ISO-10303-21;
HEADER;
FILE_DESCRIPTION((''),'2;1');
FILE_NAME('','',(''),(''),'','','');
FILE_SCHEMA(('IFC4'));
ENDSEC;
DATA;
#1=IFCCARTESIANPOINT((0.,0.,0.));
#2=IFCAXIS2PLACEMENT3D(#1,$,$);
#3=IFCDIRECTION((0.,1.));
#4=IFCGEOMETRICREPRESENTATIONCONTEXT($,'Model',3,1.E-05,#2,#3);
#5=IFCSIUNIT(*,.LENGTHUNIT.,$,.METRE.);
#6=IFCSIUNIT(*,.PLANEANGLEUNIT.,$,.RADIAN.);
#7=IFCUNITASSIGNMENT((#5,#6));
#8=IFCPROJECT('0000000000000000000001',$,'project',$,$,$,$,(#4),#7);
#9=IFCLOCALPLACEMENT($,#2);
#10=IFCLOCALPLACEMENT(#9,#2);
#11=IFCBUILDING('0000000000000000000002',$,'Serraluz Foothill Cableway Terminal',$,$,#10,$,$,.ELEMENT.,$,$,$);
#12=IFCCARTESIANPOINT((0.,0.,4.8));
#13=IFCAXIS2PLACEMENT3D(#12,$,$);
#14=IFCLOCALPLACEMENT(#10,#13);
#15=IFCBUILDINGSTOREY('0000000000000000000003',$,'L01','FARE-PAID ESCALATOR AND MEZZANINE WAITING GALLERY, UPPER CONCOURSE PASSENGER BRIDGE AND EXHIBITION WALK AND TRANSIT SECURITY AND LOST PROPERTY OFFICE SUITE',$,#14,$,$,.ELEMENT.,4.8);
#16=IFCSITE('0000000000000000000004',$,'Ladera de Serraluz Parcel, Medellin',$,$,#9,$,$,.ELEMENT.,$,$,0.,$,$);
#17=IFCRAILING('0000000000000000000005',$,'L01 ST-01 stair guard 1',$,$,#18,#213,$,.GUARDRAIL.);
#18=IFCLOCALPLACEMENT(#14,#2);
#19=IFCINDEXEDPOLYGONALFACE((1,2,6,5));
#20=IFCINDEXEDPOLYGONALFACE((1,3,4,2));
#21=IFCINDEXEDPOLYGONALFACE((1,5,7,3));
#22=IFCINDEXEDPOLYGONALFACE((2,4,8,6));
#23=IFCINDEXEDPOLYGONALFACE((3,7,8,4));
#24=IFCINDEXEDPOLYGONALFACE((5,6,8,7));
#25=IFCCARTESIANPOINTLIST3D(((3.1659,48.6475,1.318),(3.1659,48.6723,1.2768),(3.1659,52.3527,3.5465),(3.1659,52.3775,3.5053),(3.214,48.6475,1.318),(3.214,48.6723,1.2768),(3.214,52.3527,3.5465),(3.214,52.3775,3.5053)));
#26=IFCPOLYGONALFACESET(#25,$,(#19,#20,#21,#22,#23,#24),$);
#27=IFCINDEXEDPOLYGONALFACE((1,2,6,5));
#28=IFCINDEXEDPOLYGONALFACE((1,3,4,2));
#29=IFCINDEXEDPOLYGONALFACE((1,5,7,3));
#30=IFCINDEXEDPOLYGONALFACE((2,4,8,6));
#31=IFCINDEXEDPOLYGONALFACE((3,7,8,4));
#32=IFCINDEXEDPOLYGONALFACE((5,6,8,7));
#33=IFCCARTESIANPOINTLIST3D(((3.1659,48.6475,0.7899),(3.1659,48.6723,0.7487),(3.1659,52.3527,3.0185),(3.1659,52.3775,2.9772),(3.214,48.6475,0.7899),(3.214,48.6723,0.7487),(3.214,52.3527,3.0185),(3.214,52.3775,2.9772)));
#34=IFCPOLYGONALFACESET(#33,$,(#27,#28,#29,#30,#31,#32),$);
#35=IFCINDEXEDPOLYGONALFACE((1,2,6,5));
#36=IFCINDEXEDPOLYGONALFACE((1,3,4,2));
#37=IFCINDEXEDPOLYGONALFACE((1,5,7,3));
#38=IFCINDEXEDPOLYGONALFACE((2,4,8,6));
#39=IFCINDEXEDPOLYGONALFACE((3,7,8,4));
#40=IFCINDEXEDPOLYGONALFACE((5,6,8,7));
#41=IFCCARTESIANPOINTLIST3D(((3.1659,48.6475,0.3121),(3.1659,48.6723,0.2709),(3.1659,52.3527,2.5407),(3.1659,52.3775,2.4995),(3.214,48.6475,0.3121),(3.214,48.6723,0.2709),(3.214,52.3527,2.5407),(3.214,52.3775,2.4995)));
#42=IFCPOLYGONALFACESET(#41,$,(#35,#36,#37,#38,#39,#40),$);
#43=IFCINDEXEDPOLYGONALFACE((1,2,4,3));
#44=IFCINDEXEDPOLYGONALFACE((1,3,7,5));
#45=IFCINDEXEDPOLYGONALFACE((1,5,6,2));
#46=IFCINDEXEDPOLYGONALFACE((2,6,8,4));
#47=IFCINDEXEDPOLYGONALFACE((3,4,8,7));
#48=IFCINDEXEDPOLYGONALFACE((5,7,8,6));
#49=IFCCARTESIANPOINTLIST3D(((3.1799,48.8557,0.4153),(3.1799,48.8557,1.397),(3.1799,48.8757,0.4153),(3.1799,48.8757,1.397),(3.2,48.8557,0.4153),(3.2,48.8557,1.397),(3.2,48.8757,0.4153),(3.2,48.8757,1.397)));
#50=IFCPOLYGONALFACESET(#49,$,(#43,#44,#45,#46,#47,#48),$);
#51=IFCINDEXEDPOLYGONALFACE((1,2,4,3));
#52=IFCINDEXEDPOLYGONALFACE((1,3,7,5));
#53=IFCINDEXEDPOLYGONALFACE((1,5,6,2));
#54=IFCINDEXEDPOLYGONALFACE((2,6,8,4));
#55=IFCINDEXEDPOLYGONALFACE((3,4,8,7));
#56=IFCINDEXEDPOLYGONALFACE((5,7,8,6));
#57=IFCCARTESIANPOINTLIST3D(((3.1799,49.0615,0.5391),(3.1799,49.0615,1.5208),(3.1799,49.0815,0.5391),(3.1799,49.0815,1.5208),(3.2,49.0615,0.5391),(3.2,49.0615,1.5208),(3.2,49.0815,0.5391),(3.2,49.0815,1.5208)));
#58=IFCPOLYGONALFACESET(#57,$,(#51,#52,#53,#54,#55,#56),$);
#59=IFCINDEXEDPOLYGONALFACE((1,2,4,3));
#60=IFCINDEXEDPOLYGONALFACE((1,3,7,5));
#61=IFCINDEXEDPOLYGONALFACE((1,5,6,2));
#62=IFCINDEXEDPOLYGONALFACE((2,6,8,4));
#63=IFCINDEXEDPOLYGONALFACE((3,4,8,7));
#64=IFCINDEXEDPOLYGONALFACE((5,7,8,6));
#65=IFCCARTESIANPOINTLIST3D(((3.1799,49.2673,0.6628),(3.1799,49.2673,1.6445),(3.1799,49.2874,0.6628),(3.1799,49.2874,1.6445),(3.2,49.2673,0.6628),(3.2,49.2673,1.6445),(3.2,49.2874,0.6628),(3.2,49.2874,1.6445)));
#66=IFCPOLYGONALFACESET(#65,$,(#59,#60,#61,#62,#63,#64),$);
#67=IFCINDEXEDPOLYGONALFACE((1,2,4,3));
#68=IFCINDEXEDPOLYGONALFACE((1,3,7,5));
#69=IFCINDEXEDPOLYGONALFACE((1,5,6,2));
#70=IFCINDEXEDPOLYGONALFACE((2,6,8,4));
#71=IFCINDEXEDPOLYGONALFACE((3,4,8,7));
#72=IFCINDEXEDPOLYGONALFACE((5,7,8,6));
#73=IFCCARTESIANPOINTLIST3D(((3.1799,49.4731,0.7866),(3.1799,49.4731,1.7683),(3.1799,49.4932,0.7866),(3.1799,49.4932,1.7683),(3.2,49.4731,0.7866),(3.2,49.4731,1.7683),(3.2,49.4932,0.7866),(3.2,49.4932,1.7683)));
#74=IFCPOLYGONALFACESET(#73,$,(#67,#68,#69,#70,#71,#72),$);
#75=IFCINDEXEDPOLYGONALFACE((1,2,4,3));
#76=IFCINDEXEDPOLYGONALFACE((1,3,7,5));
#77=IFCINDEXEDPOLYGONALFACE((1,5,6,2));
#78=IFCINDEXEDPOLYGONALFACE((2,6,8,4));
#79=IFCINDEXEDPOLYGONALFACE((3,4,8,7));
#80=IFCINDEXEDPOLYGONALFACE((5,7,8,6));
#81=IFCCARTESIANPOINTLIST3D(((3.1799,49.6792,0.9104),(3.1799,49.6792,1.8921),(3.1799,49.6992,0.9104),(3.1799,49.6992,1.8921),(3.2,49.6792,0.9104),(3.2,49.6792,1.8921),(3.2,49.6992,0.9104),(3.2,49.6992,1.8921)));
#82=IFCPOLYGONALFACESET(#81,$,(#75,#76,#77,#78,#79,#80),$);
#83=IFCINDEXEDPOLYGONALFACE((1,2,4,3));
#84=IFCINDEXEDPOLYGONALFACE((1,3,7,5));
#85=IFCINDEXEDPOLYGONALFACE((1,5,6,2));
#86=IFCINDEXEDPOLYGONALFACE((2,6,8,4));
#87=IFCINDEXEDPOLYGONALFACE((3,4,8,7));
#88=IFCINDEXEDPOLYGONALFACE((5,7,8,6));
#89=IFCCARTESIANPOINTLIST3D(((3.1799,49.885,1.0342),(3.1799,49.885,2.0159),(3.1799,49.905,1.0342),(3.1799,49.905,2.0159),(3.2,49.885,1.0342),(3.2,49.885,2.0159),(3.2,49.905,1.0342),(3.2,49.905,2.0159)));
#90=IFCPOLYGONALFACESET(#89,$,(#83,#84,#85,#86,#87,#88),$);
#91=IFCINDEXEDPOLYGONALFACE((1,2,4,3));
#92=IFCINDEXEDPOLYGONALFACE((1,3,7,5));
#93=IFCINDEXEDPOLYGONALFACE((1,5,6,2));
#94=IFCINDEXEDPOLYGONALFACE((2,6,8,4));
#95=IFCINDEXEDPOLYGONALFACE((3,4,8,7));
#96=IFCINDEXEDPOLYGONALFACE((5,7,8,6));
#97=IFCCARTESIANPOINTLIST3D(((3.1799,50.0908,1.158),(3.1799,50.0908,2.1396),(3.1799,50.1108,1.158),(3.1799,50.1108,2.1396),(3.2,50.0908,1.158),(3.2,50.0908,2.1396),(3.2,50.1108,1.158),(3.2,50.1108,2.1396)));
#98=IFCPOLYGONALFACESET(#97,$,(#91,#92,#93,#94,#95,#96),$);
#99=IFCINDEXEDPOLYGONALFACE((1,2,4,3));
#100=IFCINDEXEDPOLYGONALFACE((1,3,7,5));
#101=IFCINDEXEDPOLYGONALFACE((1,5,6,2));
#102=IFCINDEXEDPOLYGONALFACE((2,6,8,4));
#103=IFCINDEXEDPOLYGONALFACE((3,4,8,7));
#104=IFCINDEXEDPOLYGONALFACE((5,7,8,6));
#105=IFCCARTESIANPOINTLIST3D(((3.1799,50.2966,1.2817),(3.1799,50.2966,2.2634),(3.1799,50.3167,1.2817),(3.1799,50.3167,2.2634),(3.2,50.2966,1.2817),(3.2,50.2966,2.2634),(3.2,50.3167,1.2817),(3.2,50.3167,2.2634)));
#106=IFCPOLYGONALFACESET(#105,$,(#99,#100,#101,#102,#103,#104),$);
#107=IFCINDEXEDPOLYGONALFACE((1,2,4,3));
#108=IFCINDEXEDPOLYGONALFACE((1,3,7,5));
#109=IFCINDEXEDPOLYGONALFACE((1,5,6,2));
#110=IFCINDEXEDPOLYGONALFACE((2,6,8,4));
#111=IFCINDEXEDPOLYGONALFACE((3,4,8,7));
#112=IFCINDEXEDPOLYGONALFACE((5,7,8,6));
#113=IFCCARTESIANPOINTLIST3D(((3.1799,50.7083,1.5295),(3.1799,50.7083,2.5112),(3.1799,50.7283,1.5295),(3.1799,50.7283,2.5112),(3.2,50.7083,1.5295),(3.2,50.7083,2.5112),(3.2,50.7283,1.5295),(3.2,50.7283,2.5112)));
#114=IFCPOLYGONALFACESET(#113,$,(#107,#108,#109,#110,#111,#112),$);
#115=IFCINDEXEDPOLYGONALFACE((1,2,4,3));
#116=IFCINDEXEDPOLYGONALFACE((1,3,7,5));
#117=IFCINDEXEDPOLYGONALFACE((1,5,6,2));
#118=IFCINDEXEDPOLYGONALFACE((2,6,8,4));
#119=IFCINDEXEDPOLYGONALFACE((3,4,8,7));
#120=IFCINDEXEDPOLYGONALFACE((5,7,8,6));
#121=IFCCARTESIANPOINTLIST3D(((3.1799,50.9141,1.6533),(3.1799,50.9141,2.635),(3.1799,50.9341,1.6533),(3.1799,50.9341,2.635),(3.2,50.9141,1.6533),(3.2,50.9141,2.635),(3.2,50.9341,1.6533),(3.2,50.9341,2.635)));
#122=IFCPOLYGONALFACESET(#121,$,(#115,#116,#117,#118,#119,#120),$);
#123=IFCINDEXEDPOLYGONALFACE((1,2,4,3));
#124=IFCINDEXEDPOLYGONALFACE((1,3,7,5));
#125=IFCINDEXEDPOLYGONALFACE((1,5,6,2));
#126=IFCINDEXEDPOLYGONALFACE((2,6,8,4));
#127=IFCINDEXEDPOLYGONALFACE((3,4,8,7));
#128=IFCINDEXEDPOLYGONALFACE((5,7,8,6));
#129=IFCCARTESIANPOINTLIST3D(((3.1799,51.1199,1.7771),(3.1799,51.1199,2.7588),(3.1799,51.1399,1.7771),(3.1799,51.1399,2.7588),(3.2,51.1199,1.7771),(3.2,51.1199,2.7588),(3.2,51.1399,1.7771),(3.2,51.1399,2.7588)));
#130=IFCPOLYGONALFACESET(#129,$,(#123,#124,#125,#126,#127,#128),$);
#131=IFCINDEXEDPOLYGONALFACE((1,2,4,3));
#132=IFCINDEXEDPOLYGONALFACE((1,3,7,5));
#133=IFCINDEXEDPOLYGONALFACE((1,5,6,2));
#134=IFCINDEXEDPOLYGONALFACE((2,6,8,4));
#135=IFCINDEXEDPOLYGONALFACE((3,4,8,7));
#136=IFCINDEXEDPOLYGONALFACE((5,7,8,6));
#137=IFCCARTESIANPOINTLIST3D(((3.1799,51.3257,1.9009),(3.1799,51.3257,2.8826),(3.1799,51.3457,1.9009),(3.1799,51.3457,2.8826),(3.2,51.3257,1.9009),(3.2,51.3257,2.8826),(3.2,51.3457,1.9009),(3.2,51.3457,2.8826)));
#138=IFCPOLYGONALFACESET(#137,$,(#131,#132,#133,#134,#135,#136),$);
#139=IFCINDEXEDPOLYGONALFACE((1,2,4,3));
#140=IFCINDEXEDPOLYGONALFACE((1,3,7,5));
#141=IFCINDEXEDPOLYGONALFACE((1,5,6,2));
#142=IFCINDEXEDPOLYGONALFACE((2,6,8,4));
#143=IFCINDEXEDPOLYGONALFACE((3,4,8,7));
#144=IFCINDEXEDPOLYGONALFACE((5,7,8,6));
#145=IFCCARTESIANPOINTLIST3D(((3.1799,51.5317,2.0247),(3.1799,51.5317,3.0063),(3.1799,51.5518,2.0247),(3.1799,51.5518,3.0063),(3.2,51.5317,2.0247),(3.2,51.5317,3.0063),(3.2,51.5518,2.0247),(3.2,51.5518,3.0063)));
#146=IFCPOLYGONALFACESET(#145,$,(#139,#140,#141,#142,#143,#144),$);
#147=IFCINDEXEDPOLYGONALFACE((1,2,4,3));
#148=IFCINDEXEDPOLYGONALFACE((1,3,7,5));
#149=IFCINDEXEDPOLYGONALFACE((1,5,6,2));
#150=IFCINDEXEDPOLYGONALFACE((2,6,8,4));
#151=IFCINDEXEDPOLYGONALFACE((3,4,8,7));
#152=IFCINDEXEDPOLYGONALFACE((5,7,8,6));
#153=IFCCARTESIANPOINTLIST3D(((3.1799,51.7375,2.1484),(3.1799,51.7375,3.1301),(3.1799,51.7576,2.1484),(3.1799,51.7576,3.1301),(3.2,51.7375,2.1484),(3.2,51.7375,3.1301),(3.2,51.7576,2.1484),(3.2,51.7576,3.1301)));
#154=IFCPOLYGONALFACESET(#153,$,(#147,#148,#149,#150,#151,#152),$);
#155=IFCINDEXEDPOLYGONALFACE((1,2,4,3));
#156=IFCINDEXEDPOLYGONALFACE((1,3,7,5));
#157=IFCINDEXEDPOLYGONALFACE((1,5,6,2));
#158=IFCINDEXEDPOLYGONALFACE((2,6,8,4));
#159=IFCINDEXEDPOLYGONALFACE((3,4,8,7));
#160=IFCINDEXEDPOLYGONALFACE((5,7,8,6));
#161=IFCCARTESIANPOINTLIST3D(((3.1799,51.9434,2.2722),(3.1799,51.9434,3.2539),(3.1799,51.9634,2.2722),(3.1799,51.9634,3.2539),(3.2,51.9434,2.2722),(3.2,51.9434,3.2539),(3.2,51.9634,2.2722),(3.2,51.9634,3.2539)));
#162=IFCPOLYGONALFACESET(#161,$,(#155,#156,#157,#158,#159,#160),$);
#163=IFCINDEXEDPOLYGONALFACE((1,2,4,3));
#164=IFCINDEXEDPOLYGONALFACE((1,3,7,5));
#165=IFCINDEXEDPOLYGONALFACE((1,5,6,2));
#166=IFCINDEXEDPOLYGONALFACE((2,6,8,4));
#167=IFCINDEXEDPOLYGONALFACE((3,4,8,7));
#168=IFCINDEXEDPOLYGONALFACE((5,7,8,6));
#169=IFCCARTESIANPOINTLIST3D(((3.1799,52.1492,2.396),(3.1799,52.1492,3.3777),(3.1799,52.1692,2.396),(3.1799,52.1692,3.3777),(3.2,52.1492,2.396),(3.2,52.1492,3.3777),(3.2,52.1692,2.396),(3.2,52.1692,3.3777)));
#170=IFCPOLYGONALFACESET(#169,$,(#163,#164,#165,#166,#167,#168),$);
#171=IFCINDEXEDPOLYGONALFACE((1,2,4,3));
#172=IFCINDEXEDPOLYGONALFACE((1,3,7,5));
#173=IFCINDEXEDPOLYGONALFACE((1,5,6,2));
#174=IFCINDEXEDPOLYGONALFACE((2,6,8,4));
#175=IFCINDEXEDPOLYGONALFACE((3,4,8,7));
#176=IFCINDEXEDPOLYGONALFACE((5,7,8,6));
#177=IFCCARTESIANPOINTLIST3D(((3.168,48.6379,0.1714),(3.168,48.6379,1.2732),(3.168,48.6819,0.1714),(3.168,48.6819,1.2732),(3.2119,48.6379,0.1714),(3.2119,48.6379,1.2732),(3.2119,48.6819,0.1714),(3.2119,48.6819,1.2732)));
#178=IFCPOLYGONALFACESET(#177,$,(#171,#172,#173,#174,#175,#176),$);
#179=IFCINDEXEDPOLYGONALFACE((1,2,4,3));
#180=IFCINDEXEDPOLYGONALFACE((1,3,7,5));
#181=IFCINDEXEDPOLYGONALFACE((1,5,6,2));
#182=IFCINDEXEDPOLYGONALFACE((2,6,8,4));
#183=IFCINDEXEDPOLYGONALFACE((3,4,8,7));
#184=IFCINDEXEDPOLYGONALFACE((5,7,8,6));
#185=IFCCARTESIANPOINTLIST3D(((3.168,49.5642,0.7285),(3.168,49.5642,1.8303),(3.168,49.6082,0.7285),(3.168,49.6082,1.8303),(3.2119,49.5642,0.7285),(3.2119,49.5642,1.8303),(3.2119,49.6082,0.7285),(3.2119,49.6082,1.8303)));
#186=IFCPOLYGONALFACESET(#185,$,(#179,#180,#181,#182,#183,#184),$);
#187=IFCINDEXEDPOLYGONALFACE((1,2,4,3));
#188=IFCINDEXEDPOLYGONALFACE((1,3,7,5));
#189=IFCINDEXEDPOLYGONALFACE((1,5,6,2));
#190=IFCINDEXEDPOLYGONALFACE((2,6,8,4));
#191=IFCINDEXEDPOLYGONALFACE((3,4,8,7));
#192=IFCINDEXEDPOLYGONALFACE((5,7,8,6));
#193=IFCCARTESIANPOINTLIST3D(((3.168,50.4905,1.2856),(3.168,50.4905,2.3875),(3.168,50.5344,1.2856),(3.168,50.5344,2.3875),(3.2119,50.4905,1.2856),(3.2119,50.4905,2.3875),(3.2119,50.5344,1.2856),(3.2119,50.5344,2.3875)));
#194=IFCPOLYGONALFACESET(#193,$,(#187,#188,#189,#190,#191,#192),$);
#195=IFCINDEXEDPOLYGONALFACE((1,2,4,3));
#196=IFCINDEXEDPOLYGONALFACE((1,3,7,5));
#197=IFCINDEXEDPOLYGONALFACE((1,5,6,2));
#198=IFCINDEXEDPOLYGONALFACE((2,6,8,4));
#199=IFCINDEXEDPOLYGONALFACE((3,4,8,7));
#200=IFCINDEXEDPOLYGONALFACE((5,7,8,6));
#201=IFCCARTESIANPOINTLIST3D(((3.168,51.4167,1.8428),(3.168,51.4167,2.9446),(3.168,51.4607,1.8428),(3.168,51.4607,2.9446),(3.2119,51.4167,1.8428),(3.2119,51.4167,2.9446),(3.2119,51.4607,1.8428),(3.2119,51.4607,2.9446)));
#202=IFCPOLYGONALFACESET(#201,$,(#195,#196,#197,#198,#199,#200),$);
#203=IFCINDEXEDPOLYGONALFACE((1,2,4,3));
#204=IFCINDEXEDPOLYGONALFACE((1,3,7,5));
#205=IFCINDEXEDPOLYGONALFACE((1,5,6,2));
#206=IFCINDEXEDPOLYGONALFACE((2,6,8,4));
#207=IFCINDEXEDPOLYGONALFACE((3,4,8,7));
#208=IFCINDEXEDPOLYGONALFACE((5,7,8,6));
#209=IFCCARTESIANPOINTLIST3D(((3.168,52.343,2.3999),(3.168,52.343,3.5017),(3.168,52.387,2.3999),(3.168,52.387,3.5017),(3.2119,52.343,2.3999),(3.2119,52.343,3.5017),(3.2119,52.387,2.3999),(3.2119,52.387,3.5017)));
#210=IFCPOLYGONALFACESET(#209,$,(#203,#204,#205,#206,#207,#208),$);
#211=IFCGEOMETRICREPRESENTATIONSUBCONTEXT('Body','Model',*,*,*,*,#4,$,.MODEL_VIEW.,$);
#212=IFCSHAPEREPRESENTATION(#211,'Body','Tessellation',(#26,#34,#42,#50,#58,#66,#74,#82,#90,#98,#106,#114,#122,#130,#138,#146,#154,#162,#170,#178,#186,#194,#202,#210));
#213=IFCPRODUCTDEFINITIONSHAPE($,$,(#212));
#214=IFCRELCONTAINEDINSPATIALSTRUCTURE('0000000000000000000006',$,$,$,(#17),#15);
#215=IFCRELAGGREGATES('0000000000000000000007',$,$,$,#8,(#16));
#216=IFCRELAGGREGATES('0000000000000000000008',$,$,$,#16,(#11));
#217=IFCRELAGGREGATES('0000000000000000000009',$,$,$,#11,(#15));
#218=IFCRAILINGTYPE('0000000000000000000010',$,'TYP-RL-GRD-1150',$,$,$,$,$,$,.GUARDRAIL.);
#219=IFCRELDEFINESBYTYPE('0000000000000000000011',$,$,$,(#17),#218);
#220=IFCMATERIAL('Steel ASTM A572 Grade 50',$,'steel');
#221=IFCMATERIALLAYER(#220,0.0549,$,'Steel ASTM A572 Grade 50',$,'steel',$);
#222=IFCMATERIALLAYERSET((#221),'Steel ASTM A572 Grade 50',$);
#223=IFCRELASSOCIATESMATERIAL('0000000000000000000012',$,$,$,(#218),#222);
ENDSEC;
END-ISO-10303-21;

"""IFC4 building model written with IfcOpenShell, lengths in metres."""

from ifc_helpers import new_model, si_unit, direction, frame, origin, origin_2d, place, context, subcontext, project, spatial, rectangle, extrude, material, layer, layer_set, type_object, element, save


model = new_model("IFC4")

# Units and contexts
model_context = context("Model", 3, precision=1e-05, world=origin(), true_north=direction((0.0, 1.0)))
body_context = subcontext(model_context, "Body", "Model", "MODEL_VIEW")
ifc_project = project(units=[si_unit("LENGTHUNIT", "METRE"), si_unit("PLANEANGLEUNIT", "RADIAN")], contexts=[model_context])

# Site, building, storey
site_placement = place(None, origin())
site = spatial("IfcSite", under=ifc_project, at=site_placement, Name="Ladera de Serraluz Parcel, Medellin", CompositionType="ELEMENT", RefElevation=0.0)
building_placement = place(site_placement, origin())
building = spatial("IfcBuilding", under=site, at=building_placement, Name="Serraluz Foothill Cableway Terminal", CompositionType="ELEMENT")
storey_placement = place(building_placement, frame((0.0, 0.0, 4.8)))
storey = spatial("IfcBuildingStorey", under=building, at=storey_placement, Name="L01", Description="FARE-PAID ESCALATOR AND MEZZANINE WAITING GALLERY, UPPER CONCOURSE PASSENGER BRIDGE AND EXHIBITION WALK AND TRANSIT SECURITY AND LOST PROPERTY OFFICE SUITE", CompositionType="ELEMENT", Elevation=4.8)

# Railing
ifc_material_1 = material(Name="Steel ASTM A572 Grade 50", Category="steel")
ifc_layer_1 = layer(ifc_material_1, 0.0549, Name="Steel ASTM A572 Grade 50", Category="steel")
ifc_layer_set_1 = layer_set([ifc_layer_1], Name="Steel ASTM A572 Grade 50")
railing_type_1 = type_object("IfcRailingType", Name="TYP-RL-GRD-1150", PredefinedType="GUARDRAIL", material=ifc_layer_set_1)
railing_1_placement = place(storey_placement, frame((3.1899, 48.6599, 0.1714)))
element("IfcRailing", 1, at=railing_1_placement, inside=storey, type_object=railing_type_1, Name="L01 ST-01 stair guard 1", PredefinedType="GUARDRAIL", context=body_context, shape_type="SweptSolid", body=[
    extrude(rectangle(XDim=0.0481, YDim=0.0481, at=origin_2d()), frame((0.0, 0.0, 1.126), z_axis=(0.0, 0.856934, 0.515425), x_axis=(-1.0, 0.0, 0.0)), (0.0, 0.0, 1.0), 4.3237),
    extrude(rectangle(XDim=0.0481, YDim=0.0481, at=origin_2d()), frame((0.0, 0.0, 0.5979), z_axis=(0.0, 0.856934, 0.515425), x_axis=(-1.0, 0.0, 0.0)), (0.0, 0.0, 1.0), 4.3237),
    extrude(rectangle(XDim=0.0481, YDim=0.0481, at=origin_2d()), frame((0.0, 0.0, 0.1201), z_axis=(0.0, 0.856934, 0.515425), x_axis=(-1.0, 0.0, 0.0)), (0.0, 0.0, 1.0), 4.3237),
    extrude(rectangle(XDim=0.02, YDim=0.02, at=origin_2d()), frame((0.0, 0.2058, 0.2439)), (0.0, 0.0, 1.0), 0.9817),
    extrude(rectangle(XDim=0.02, YDim=0.02, at=origin_2d()), frame((0.0, 0.4116, 0.3677)), (0.0, 0.0, 1.0), 0.9817),
    extrude(rectangle(XDim=0.02, YDim=0.02, at=origin_2d()), frame((0.0, 0.6174, 0.4915)), (0.0, 0.0, 1.0), 0.9817),
    extrude(rectangle(XDim=0.02, YDim=0.02, at=origin_2d()), frame((0.0, 0.8232, 0.6152)), (0.0, 0.0, 1.0), 0.9817),
    extrude(rectangle(XDim=0.02, YDim=0.02, at=origin_2d()), frame((0.0, 1.0293, 0.739)), (0.0, 0.0, 1.0), 0.9817),
    extrude(rectangle(XDim=0.02, YDim=0.02, at=origin_2d()), frame((0.0, 1.2351, 0.8628)), (0.0, 0.0, 1.0), 0.9817),
    extrude(rectangle(XDim=0.02, YDim=0.02, at=origin_2d()), frame((0.0, 1.4409, 0.9866)), (0.0, 0.0, 1.0), 0.9817),
    extrude(rectangle(XDim=0.02, YDim=0.02, at=origin_2d()), frame((0.0, 1.6467, 1.1104)), (0.0, 0.0, 1.0), 0.9817),
    extrude(rectangle(XDim=0.02, YDim=0.02, at=origin_2d()), frame((0.0, 2.0583, 1.3582)), (0.0, 0.0, 1.0), 0.9817),
    extrude(rectangle(XDim=0.02, YDim=0.02, at=origin_2d()), frame((0.0, 2.2642, 1.4819)), (0.0, 0.0, 1.0), 0.9817),
    extrude(rectangle(XDim=0.02, YDim=0.02, at=origin_2d()), frame((0.0, 2.47, 1.6057)), (0.0, 0.0, 1.0), 0.9817),
    extrude(rectangle(XDim=0.02, YDim=0.02, at=origin_2d()), frame((0.0, 2.6758, 1.7295)), (0.0, 0.0, 1.0), 0.9817),
    extrude(rectangle(XDim=0.02, YDim=0.02, at=origin_2d()), frame((0.0, 2.8818, 1.8533)), (0.0, 0.0, 1.0), 0.9817),
    extrude(rectangle(XDim=0.02, YDim=0.02, at=origin_2d()), frame((0.0, 3.0876, 1.9771)), (0.0, 0.0, 1.0), 0.9817),
    extrude(rectangle(XDim=0.02, YDim=0.02, at=origin_2d()), frame((0.0, 3.2935, 2.1008)), (0.0, 0.0, 1.0), 0.9817),
    extrude(rectangle(XDim=0.02, YDim=0.02, at=origin_2d()), frame((0.0, 3.4993, 2.2246)), (0.0, 0.0, 1.0), 0.9817),
    extrude(rectangle(XDim=0.0439, YDim=0.0439, at=origin_2d()), origin(), (0.0, 0.0, 1.0), 1.1018),
    extrude(rectangle(XDim=0.0439, YDim=0.0439, at=origin_2d()), frame((0.0, 0.9263, 0.5571)), (0.0, 0.0, 1.0), 1.1018),
    extrude(rectangle(XDim=0.0439, YDim=0.0439, at=origin_2d()), frame((0.0, 1.8525, 1.1143)), (0.0, 0.0, 1.0), 1.1018),
    extrude(rectangle(XDim=0.0439, YDim=0.0439, at=origin_2d()), frame((0.0, 2.7788, 1.6714)), (0.0, 0.0, 1.0), 1.1018),
    extrude(rectangle(XDim=0.0439, YDim=0.0439, at=origin_2d()), frame((0.0, 3.7051, 2.2285)), (0.0, 0.0, 1.0), 1.1018),
])

save(model, "model.ifc")
